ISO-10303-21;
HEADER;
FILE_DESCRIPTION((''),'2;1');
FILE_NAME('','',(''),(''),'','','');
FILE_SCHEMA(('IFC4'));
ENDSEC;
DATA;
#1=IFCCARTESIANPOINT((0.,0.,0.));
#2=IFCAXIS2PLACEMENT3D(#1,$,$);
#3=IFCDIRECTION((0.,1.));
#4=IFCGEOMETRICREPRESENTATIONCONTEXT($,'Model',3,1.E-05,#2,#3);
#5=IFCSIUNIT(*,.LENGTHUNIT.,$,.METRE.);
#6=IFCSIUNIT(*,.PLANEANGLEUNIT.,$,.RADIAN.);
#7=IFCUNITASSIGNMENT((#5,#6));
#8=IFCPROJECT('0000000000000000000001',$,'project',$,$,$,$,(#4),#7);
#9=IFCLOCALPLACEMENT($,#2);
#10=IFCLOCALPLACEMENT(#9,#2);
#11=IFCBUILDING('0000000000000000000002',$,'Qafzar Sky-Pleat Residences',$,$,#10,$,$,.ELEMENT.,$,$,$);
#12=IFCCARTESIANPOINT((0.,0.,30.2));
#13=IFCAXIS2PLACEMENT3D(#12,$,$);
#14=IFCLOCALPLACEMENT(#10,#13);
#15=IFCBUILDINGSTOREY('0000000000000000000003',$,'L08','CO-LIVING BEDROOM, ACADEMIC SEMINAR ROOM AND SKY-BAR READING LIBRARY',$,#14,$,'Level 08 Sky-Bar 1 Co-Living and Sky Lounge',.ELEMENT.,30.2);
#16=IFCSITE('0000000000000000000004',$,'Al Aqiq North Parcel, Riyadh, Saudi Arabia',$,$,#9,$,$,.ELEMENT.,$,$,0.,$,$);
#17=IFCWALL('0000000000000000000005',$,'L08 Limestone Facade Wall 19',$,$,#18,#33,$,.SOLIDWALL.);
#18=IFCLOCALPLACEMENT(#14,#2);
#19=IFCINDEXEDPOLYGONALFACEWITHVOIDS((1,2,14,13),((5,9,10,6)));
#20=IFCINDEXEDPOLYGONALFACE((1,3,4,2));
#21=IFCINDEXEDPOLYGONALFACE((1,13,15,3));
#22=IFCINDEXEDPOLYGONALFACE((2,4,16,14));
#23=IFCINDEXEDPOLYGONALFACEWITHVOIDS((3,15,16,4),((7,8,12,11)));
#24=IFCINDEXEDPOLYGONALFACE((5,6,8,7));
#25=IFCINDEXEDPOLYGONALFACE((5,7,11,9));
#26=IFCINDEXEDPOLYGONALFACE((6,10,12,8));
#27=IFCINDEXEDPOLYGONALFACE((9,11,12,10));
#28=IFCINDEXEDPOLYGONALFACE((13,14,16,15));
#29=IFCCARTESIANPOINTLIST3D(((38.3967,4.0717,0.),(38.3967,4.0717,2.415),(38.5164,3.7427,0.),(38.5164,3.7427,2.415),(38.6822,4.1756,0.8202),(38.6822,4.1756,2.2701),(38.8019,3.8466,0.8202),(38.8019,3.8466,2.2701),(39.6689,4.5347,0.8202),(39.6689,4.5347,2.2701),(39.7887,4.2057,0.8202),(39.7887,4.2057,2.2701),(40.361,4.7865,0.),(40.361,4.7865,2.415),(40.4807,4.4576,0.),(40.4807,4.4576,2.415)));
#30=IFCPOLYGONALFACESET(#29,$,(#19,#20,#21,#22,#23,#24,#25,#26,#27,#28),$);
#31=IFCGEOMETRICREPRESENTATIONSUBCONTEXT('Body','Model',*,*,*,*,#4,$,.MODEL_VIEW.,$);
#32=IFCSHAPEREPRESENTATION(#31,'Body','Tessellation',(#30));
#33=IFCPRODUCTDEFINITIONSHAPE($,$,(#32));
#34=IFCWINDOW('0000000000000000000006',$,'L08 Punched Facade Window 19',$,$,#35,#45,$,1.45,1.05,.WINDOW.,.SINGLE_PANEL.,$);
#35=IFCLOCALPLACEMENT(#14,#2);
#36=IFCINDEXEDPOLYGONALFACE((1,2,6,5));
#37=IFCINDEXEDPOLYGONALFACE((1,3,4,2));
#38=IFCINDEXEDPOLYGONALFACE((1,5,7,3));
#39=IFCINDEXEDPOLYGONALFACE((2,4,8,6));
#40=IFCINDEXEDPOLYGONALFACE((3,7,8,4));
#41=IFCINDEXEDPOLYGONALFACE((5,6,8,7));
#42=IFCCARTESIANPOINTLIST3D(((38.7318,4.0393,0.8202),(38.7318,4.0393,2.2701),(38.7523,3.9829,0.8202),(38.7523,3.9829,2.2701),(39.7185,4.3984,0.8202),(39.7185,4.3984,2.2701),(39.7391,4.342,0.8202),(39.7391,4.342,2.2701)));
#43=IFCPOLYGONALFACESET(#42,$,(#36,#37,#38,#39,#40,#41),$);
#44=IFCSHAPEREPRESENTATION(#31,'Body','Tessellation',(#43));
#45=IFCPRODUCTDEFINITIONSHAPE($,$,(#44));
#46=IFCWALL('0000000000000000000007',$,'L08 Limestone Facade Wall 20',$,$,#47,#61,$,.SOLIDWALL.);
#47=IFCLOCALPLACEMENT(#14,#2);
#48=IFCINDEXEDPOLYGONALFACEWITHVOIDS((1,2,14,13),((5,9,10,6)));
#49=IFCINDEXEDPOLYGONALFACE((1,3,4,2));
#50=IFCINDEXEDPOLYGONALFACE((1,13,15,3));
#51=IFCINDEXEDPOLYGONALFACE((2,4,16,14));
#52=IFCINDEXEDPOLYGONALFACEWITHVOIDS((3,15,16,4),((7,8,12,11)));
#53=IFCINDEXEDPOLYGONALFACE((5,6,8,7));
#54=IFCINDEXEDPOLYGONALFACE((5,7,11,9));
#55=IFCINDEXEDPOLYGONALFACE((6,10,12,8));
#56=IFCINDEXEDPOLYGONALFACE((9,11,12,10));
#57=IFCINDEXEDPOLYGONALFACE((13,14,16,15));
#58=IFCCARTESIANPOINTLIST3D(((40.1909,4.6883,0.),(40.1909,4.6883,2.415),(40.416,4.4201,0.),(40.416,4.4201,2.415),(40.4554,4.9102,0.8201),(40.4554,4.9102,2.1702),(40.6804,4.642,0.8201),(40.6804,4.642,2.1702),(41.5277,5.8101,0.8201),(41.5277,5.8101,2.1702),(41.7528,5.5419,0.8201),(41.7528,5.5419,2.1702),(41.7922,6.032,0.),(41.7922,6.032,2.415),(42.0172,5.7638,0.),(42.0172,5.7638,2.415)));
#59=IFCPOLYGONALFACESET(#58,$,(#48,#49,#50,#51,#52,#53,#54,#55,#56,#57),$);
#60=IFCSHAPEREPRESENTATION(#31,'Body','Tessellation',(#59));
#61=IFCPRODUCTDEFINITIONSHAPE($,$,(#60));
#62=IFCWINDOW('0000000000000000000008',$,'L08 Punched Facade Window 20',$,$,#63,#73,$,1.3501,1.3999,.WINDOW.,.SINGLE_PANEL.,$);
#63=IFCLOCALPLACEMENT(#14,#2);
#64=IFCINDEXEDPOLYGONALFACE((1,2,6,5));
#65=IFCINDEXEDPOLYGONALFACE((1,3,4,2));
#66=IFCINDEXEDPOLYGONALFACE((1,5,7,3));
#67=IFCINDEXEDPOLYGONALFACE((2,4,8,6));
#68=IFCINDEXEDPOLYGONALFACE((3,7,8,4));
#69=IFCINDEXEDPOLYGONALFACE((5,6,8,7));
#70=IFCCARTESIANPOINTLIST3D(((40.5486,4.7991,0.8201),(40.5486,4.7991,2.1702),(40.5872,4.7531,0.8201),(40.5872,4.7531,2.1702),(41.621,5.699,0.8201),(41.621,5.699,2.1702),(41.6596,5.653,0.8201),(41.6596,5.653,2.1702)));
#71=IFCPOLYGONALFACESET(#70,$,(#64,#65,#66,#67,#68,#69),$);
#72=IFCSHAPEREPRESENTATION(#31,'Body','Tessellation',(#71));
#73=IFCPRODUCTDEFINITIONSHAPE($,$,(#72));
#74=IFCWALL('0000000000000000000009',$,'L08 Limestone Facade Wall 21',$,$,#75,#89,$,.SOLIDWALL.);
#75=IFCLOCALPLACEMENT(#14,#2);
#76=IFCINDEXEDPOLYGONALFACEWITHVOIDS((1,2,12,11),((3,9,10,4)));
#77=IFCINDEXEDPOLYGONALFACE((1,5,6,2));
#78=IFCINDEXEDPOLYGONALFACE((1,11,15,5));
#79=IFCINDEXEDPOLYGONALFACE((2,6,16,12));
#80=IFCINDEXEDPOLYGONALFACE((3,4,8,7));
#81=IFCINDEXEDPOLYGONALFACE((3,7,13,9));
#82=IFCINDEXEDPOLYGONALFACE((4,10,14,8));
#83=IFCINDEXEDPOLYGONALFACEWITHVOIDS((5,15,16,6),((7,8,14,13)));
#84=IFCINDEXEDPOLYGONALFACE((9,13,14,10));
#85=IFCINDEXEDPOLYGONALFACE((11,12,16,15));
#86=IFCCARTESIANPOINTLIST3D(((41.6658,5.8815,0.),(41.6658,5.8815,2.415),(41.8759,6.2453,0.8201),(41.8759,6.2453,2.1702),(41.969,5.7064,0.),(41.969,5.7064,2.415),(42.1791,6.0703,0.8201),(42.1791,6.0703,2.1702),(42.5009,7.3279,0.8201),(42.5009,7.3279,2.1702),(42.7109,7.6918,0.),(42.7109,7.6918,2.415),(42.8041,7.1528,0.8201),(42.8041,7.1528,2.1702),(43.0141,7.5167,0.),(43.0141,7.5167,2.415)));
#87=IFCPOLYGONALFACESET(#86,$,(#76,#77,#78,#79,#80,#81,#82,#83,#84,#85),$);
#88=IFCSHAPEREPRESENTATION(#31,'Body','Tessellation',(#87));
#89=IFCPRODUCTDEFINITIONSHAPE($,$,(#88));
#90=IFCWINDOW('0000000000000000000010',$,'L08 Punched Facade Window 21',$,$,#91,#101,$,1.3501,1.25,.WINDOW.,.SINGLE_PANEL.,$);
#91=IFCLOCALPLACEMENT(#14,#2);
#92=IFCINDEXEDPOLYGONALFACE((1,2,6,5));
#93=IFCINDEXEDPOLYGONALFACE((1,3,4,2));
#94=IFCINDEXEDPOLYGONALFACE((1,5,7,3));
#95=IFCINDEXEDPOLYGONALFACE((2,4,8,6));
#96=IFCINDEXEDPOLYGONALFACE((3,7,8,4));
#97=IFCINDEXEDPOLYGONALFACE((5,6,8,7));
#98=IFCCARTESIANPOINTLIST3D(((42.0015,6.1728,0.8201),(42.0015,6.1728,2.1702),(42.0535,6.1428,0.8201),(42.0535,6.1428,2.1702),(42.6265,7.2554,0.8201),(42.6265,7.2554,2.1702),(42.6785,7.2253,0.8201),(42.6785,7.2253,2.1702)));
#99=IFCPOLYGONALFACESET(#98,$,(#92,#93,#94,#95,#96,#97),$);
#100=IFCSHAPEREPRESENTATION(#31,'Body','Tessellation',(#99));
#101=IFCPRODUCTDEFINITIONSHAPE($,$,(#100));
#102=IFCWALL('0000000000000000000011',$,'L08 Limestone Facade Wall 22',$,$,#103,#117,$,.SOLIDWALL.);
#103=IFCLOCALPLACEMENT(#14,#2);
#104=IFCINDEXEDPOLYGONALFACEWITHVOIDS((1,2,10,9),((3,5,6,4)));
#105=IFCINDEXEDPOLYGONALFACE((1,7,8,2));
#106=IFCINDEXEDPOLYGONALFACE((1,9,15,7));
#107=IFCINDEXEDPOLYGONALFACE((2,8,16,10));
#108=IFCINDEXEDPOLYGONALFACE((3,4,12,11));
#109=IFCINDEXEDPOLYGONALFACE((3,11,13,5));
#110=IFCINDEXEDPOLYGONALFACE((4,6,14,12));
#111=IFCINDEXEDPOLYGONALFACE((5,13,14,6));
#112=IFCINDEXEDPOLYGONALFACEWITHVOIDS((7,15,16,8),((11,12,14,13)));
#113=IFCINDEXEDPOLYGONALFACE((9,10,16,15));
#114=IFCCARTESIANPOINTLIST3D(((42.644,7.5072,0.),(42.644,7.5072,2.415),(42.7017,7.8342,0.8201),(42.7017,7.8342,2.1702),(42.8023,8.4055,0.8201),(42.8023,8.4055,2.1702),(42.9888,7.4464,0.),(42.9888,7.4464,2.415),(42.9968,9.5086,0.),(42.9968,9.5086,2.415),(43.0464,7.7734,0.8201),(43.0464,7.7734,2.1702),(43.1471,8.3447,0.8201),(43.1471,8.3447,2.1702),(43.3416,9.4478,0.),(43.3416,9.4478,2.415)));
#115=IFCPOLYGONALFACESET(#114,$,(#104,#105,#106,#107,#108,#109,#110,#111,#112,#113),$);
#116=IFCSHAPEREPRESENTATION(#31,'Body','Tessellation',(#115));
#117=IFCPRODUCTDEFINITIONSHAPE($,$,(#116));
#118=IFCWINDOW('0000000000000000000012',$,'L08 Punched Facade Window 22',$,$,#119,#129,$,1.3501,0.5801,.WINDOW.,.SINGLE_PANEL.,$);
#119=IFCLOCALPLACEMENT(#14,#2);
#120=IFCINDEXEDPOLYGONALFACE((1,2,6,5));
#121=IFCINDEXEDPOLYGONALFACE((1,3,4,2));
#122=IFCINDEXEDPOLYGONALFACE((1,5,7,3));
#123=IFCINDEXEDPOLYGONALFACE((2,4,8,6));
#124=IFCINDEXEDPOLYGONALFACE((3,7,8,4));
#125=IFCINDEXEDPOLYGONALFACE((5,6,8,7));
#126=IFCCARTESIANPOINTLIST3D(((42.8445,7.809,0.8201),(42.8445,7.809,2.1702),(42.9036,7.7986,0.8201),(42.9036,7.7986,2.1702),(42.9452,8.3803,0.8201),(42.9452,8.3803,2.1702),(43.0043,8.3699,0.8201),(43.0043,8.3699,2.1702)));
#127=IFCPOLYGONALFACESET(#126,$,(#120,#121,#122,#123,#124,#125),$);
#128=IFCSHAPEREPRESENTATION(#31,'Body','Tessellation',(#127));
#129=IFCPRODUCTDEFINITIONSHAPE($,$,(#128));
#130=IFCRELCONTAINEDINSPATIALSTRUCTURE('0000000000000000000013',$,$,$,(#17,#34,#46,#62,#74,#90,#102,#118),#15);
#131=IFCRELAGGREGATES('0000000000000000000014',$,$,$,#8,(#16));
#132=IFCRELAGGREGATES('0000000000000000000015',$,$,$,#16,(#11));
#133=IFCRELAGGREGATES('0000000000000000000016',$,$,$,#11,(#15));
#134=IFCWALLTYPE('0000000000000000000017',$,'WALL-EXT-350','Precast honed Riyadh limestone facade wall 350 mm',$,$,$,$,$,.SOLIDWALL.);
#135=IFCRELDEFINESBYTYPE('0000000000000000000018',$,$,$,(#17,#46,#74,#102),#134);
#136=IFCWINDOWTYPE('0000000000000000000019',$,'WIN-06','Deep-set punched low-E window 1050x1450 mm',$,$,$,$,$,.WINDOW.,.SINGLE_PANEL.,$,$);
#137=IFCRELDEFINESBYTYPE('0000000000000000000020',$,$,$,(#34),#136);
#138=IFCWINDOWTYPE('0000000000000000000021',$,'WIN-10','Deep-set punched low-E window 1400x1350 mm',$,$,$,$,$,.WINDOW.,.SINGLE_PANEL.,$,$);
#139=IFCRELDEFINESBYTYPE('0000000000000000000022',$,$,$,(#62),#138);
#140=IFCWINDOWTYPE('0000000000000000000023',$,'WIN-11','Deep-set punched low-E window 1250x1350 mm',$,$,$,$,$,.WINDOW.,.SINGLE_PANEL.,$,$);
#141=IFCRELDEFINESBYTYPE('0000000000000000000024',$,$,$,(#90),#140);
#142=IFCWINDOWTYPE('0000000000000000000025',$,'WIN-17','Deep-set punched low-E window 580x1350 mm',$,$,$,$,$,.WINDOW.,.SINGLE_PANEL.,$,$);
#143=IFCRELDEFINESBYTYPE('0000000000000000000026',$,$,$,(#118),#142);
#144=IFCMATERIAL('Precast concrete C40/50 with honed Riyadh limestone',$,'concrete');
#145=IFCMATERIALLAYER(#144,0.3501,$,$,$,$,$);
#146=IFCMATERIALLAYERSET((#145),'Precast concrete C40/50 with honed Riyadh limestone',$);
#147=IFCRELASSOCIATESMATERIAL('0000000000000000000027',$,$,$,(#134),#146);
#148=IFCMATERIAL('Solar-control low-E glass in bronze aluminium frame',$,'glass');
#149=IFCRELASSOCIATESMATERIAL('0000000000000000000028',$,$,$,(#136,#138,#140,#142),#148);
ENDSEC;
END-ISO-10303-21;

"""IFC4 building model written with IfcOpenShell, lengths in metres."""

from ifc_helpers import new_model, si_unit, direction, frame, frame_2d, origin, place, context, subcontext, project, spatial, rectangle, extrude, source, transform, mapped, material, layer, layer_set, type_object, element, fill, save


model = new_model("IFC4")

# Units and contexts
model_context = context("Model", 3, precision=1e-05, world=origin(), true_north=direction((0.0, 1.0)))
body_context = subcontext(model_context, "Body", "Model", "MODEL_VIEW")
ifc_project = project(units=[si_unit("LENGTHUNIT", "METRE"), si_unit("PLANEANGLEUNIT", "RADIAN")], contexts=[model_context])

# Site, building, storey
site_placement = place(None, origin())
site = spatial("IfcSite", under=ifc_project, at=site_placement, Name="Al Aqiq North Parcel, Riyadh, Saudi Arabia", CompositionType="ELEMENT", RefElevation=0.0)
building_placement = place(site_placement, origin())
building = spatial("IfcBuilding", under=site, at=building_placement, Name="Qafzar Sky-Pleat Residences", CompositionType="ELEMENT")
storey_placement = place(building_placement, frame((0.0, 0.0, 30.2)))
storey = spatial("IfcBuildingStorey", under=building, at=storey_placement, Name="L08", Description="CO-LIVING BEDROOM, ACADEMIC SEMINAR ROOM AND SKY-BAR READING LIBRARY", LongName="Level 08 Sky-Bar 1 Co-Living and Sky Lounge", CompositionType="ELEMENT", Elevation=30.2)

# Walls, openings, windows
ifc_material_1 = material(Name="Precast concrete C40/50 with honed Riyadh limestone", Category="concrete")
ifc_layer_1 = layer(ifc_material_1, 0.3501)
ifc_layer_set_1 = layer_set([ifc_layer_1], Name="Precast concrete C40/50 with honed Riyadh limestone")
wall_type_1 = type_object("IfcWallType", Name="WALL-EXT-350", Description="Precast honed Riyadh limestone facade wall 350 mm", PredefinedType="SOLIDWALL", material=ifc_layer_set_1)
wall_1_placement = place(storey_placement, frame((38.4565, 3.9072, 0.0), z_axis=(0.0, 0.0, 1.0), x_axis=(0.939712, 0.341968, 0.0)))
wall_1 = element("IfcWall", 1, at=wall_1_placement, inside=storey, type_object=wall_type_1, Name="L08 Limestone Facade Wall 19", PredefinedType="SOLIDWALL", context=body_context, shape_type="SweptSolid", body=[
    extrude(rectangle(XDim=2.0903, YDim=0.3501, at=frame_2d((1.0452, 0.0))), origin(), (0.0, 0.0, 1.0), 2.415),
])
opening_1_placement = place(wall_1_placement, frame((0.304, 0.0, 0.8201)))
opening_1 = element("IfcOpeningElement", 2, at=opening_1_placement, cuts=wall_1, PredefinedType="OPENING", context=body_context, shape_type="SweptSolid", body=[
    extrude(rectangle(XDim=1.05, YDim=1.45, at=frame_2d((0.5249, 0.7251))), frame((0.0, 0.1851, 0.0), z_axis=(0.0, -1.0, 0.0), x_axis=(1.0, 0.0, 0.0)), (0.0, 0.0, 1.0), 0.3701),
])
ifc_material_2 = material(Name="Solar-control low-E glass in bronze aluminium frame", Category="glass")
window_type_1 = type_object("IfcWindowType", Name="WIN-06", Description="Deep-set punched low-E window 1050x1450 mm", PartitioningType="SINGLE_PANEL", PredefinedType="WINDOW", material=ifc_material_2)
shared_shape_1 = source(origin(), body_context, "Body", "SweptSolid", [
    extrude(rectangle(XDim=1.05, YDim=1.45, at=frame_2d((0.5249, 0.7251))), frame((0.0, 0.03, 0.0), z_axis=(0.0, -1.0, 0.0), x_axis=(1.0, 0.0, 0.0)), (0.0, 0.0, 1.0), 0.0601),
])
window_1_placement = place(opening_1_placement, origin())
window_1 = element("IfcWindow", 3, at=window_1_placement, inside=storey, type_object=window_type_1, Name="L08 Punched Facade Window 19", OverallHeight=1.45, OverallWidth=1.05, PartitioningType="SINGLE_PANEL", PredefinedType="WINDOW", context=body_context, shape_type="MappedRepresentation", body=[
    mapped(shared_shape_1, transform((0.0, 0.0, 0.0), x_axis=(1.0, 0.0, 0.0), y_axis=(0.0, 1.0, 0.0), z_axis=(0.0, 0.0, 1.0), scale=1.0)),
])
fill(opening_1, window_1)
wall_2_placement = place(storey_placement, frame((40.3035, 4.5542, 0.0), z_axis=(0.0, 0.0, 1.0), x_axis=(0.766025, 0.642811, 0.0)))
wall_2 = element("IfcWall", 4, at=wall_2_placement, inside=storey, type_object=wall_type_1, Name="L08 Limestone Facade Wall 20", PredefinedType="SOLIDWALL", context=body_context, shape_type="SweptSolid", body=[
    extrude(rectangle(XDim=2.0903, YDim=0.3501, at=frame_2d((1.0452, 0.0))), origin(), (0.0, 0.0, 1.0), 2.415),
])
opening_2_placement = place(wall_2_placement, frame((0.3452, 0.0, 0.8201)))
opening_2 = element("IfcOpeningElement", 5, at=opening_2_placement, cuts=wall_2, PredefinedType="OPENING", context=body_context, shape_type="SweptSolid", body=[
    extrude(rectangle(XDim=1.3999, YDim=1.3501, at=frame_2d((0.7, 0.675))), frame((0.0, 0.1851, 0.0), z_axis=(0.0, -1.0, 0.0), x_axis=(1.0, 0.0, 0.0)), (0.0, 0.0, 1.0), 0.3701),
])
window_type_2 = type_object("IfcWindowType", Name="WIN-10", Description="Deep-set punched low-E window 1400x1350 mm", PartitioningType="SINGLE_PANEL", PredefinedType="WINDOW", material=ifc_material_2)
shared_shape_2 = source(origin(), body_context, "Body", "SweptSolid", [
    extrude(rectangle(XDim=1.3999, YDim=1.3501, at=frame_2d((0.7, 0.675))), frame((0.0, 0.03, 0.0), z_axis=(0.0, -1.0, 0.0), x_axis=(1.0, 0.0, 0.0)), (0.0, 0.0, 1.0), 0.0601),
])
window_2_placement = place(opening_2_placement, origin())
window_2 = element("IfcWindow", 6, at=window_2_placement, inside=storey, type_object=window_type_2, Name="L08 Punched Facade Window 20", OverallHeight=1.3501, OverallWidth=1.3999, PartitioningType="SINGLE_PANEL", PredefinedType="WINDOW", context=body_context, shape_type="MappedRepresentation", body=[
    mapped(shared_shape_2, transform((0.0, 0.0, 0.0), x_axis=(1.0, 0.0, 0.0), y_axis=(0.0, 1.0, 0.0), z_axis=(0.0, 0.0, 1.0), scale=1.0)),
])
fill(opening_2, window_2)
wall_3_placement = place(storey_placement, frame((41.8174, 5.7939, 0.0), z_axis=(0.0, 0.0, 1.0), x_axis=(0.499995, 0.866028, 0.0)))
wall_3 = element("IfcWall", 7, at=wall_3_placement, inside=storey, type_object=wall_type_1, Name="L08 Limestone Facade Wall 21", PredefinedType="SOLIDWALL", context=body_context, shape_type="SweptSolid", body=[
    extrude(rectangle(XDim=2.0903, YDim=0.3501, at=frame_2d((1.0452, 0.0))), origin(), (0.0, 0.0, 1.0), 2.415),
])
opening_3_placement = place(wall_3_placement, frame((0.4202, 0.0, 0.8201)))
opening_3 = element("IfcOpeningElement", 8, at=opening_3_placement, cuts=wall_3, PredefinedType="OPENING", context=body_context, shape_type="SweptSolid", body=[
    extrude(rectangle(XDim=1.25, YDim=1.3501, at=frame_2d((0.625, 0.675))), frame((0.0, 0.1851, 0.0), z_axis=(0.0, -1.0, 0.0), x_axis=(1.0, 0.0, 0.0)), (0.0, 0.0, 1.0), 0.3701),
])
window_type_3 = type_object("IfcWindowType", Name="WIN-11", Description="Deep-set punched low-E window 1250x1350 mm", PartitioningType="SINGLE_PANEL", PredefinedType="WINDOW", material=ifc_material_2)
shared_shape_3 = source(origin(), body_context, "Body", "SweptSolid", [
    extrude(rectangle(XDim=1.25, YDim=1.3501, at=frame_2d((0.625, 0.675))), frame((0.0, 0.03, 0.0), z_axis=(0.0, -1.0, 0.0), x_axis=(1.0, 0.0, 0.0)), (0.0, 0.0, 1.0), 0.0601),
])
window_3_placement = place(opening_3_placement, origin())
window_3 = element("IfcWindow", 9, at=window_3_placement, inside=storey, type_object=window_type_3, Name="L08 Punched Facade Window 21", OverallHeight=1.3501, OverallWidth=1.25, PartitioningType="SINGLE_PANEL", PredefinedType="WINDOW", context=body_context, shape_type="MappedRepresentation", body=[
    mapped(shared_shape_3, transform((0.0, 0.0, 0.0), x_axis=(1.0, 0.0, 0.0), y_axis=(0.0, 1.0, 0.0), z_axis=(0.0, 0.0, 1.0), scale=1.0)),
])
fill(opening_3, window_3)
wall_4_placement = place(storey_placement, frame((42.8164, 7.4768, 0.0), z_axis=(0.0, 0.0, 1.0), x_axis=(0.173587, 0.984819, 0.0)))
wall_4 = element("IfcWall", 10, at=wall_4_placement, inside=storey, type_object=wall_type_1, Name="L08 Limestone Facade Wall 22", PredefinedType="SOLIDWALL", context=body_context, shape_type="SweptSolid", body=[
    extrude(rectangle(XDim=2.0322, YDim=0.3501, at=frame_2d((1.0161, 0.0))), origin(), (0.0, 0.0, 1.0), 2.415),
])
opening_4_placement = place(wall_4_placement, frame((0.332, 0.0, 0.8201)))
opening_4 = element("IfcOpeningElement", 11, at=opening_4_placement, cuts=wall_4, PredefinedType="OPENING", context=body_context, shape_type="SweptSolid", body=[
    extrude(rectangle(XDim=0.5801, YDim=1.3501, at=frame_2d((0.29, 0.675))), frame((0.0, 0.1851, 0.0), z_axis=(0.0, -1.0, 0.0), x_axis=(1.0, 0.0, 0.0)), (0.0, 0.0, 1.0), 0.3701),
])
window_type_4 = type_object("IfcWindowType", Name="WIN-17", Description="Deep-set punched low-E window 580x1350 mm", PartitioningType="SINGLE_PANEL", PredefinedType="WINDOW", material=ifc_material_2)
shared_shape_4 = source(origin(), body_context, "Body", "SweptSolid", [
    extrude(rectangle(XDim=0.5801, YDim=1.3501, at=frame_2d((0.29, 0.675))), frame((0.0, 0.03, 0.0), z_axis=(0.0, -1.0, 0.0), x_axis=(1.0, 0.0, 0.0)), (0.0, 0.0, 1.0), 0.0601),
])
window_4_placement = place(opening_4_placement, origin())
window_4 = element("IfcWindow", 12, at=window_4_placement, inside=storey, type_object=window_type_4, Name="L08 Punched Facade Window 22", OverallHeight=1.3501, OverallWidth=0.5801, PartitioningType="SINGLE_PANEL", PredefinedType="WINDOW", context=body_context, shape_type="MappedRepresentation", body=[
    mapped(shared_shape_4, transform((0.0, 0.0, 0.0), x_axis=(1.0, 0.0, 0.0), y_axis=(0.0, 1.0, 0.0), z_axis=(0.0, 0.0, 1.0), scale=1.0)),
])
fill(opening_4, window_4)

save(model, "model.ifc")
